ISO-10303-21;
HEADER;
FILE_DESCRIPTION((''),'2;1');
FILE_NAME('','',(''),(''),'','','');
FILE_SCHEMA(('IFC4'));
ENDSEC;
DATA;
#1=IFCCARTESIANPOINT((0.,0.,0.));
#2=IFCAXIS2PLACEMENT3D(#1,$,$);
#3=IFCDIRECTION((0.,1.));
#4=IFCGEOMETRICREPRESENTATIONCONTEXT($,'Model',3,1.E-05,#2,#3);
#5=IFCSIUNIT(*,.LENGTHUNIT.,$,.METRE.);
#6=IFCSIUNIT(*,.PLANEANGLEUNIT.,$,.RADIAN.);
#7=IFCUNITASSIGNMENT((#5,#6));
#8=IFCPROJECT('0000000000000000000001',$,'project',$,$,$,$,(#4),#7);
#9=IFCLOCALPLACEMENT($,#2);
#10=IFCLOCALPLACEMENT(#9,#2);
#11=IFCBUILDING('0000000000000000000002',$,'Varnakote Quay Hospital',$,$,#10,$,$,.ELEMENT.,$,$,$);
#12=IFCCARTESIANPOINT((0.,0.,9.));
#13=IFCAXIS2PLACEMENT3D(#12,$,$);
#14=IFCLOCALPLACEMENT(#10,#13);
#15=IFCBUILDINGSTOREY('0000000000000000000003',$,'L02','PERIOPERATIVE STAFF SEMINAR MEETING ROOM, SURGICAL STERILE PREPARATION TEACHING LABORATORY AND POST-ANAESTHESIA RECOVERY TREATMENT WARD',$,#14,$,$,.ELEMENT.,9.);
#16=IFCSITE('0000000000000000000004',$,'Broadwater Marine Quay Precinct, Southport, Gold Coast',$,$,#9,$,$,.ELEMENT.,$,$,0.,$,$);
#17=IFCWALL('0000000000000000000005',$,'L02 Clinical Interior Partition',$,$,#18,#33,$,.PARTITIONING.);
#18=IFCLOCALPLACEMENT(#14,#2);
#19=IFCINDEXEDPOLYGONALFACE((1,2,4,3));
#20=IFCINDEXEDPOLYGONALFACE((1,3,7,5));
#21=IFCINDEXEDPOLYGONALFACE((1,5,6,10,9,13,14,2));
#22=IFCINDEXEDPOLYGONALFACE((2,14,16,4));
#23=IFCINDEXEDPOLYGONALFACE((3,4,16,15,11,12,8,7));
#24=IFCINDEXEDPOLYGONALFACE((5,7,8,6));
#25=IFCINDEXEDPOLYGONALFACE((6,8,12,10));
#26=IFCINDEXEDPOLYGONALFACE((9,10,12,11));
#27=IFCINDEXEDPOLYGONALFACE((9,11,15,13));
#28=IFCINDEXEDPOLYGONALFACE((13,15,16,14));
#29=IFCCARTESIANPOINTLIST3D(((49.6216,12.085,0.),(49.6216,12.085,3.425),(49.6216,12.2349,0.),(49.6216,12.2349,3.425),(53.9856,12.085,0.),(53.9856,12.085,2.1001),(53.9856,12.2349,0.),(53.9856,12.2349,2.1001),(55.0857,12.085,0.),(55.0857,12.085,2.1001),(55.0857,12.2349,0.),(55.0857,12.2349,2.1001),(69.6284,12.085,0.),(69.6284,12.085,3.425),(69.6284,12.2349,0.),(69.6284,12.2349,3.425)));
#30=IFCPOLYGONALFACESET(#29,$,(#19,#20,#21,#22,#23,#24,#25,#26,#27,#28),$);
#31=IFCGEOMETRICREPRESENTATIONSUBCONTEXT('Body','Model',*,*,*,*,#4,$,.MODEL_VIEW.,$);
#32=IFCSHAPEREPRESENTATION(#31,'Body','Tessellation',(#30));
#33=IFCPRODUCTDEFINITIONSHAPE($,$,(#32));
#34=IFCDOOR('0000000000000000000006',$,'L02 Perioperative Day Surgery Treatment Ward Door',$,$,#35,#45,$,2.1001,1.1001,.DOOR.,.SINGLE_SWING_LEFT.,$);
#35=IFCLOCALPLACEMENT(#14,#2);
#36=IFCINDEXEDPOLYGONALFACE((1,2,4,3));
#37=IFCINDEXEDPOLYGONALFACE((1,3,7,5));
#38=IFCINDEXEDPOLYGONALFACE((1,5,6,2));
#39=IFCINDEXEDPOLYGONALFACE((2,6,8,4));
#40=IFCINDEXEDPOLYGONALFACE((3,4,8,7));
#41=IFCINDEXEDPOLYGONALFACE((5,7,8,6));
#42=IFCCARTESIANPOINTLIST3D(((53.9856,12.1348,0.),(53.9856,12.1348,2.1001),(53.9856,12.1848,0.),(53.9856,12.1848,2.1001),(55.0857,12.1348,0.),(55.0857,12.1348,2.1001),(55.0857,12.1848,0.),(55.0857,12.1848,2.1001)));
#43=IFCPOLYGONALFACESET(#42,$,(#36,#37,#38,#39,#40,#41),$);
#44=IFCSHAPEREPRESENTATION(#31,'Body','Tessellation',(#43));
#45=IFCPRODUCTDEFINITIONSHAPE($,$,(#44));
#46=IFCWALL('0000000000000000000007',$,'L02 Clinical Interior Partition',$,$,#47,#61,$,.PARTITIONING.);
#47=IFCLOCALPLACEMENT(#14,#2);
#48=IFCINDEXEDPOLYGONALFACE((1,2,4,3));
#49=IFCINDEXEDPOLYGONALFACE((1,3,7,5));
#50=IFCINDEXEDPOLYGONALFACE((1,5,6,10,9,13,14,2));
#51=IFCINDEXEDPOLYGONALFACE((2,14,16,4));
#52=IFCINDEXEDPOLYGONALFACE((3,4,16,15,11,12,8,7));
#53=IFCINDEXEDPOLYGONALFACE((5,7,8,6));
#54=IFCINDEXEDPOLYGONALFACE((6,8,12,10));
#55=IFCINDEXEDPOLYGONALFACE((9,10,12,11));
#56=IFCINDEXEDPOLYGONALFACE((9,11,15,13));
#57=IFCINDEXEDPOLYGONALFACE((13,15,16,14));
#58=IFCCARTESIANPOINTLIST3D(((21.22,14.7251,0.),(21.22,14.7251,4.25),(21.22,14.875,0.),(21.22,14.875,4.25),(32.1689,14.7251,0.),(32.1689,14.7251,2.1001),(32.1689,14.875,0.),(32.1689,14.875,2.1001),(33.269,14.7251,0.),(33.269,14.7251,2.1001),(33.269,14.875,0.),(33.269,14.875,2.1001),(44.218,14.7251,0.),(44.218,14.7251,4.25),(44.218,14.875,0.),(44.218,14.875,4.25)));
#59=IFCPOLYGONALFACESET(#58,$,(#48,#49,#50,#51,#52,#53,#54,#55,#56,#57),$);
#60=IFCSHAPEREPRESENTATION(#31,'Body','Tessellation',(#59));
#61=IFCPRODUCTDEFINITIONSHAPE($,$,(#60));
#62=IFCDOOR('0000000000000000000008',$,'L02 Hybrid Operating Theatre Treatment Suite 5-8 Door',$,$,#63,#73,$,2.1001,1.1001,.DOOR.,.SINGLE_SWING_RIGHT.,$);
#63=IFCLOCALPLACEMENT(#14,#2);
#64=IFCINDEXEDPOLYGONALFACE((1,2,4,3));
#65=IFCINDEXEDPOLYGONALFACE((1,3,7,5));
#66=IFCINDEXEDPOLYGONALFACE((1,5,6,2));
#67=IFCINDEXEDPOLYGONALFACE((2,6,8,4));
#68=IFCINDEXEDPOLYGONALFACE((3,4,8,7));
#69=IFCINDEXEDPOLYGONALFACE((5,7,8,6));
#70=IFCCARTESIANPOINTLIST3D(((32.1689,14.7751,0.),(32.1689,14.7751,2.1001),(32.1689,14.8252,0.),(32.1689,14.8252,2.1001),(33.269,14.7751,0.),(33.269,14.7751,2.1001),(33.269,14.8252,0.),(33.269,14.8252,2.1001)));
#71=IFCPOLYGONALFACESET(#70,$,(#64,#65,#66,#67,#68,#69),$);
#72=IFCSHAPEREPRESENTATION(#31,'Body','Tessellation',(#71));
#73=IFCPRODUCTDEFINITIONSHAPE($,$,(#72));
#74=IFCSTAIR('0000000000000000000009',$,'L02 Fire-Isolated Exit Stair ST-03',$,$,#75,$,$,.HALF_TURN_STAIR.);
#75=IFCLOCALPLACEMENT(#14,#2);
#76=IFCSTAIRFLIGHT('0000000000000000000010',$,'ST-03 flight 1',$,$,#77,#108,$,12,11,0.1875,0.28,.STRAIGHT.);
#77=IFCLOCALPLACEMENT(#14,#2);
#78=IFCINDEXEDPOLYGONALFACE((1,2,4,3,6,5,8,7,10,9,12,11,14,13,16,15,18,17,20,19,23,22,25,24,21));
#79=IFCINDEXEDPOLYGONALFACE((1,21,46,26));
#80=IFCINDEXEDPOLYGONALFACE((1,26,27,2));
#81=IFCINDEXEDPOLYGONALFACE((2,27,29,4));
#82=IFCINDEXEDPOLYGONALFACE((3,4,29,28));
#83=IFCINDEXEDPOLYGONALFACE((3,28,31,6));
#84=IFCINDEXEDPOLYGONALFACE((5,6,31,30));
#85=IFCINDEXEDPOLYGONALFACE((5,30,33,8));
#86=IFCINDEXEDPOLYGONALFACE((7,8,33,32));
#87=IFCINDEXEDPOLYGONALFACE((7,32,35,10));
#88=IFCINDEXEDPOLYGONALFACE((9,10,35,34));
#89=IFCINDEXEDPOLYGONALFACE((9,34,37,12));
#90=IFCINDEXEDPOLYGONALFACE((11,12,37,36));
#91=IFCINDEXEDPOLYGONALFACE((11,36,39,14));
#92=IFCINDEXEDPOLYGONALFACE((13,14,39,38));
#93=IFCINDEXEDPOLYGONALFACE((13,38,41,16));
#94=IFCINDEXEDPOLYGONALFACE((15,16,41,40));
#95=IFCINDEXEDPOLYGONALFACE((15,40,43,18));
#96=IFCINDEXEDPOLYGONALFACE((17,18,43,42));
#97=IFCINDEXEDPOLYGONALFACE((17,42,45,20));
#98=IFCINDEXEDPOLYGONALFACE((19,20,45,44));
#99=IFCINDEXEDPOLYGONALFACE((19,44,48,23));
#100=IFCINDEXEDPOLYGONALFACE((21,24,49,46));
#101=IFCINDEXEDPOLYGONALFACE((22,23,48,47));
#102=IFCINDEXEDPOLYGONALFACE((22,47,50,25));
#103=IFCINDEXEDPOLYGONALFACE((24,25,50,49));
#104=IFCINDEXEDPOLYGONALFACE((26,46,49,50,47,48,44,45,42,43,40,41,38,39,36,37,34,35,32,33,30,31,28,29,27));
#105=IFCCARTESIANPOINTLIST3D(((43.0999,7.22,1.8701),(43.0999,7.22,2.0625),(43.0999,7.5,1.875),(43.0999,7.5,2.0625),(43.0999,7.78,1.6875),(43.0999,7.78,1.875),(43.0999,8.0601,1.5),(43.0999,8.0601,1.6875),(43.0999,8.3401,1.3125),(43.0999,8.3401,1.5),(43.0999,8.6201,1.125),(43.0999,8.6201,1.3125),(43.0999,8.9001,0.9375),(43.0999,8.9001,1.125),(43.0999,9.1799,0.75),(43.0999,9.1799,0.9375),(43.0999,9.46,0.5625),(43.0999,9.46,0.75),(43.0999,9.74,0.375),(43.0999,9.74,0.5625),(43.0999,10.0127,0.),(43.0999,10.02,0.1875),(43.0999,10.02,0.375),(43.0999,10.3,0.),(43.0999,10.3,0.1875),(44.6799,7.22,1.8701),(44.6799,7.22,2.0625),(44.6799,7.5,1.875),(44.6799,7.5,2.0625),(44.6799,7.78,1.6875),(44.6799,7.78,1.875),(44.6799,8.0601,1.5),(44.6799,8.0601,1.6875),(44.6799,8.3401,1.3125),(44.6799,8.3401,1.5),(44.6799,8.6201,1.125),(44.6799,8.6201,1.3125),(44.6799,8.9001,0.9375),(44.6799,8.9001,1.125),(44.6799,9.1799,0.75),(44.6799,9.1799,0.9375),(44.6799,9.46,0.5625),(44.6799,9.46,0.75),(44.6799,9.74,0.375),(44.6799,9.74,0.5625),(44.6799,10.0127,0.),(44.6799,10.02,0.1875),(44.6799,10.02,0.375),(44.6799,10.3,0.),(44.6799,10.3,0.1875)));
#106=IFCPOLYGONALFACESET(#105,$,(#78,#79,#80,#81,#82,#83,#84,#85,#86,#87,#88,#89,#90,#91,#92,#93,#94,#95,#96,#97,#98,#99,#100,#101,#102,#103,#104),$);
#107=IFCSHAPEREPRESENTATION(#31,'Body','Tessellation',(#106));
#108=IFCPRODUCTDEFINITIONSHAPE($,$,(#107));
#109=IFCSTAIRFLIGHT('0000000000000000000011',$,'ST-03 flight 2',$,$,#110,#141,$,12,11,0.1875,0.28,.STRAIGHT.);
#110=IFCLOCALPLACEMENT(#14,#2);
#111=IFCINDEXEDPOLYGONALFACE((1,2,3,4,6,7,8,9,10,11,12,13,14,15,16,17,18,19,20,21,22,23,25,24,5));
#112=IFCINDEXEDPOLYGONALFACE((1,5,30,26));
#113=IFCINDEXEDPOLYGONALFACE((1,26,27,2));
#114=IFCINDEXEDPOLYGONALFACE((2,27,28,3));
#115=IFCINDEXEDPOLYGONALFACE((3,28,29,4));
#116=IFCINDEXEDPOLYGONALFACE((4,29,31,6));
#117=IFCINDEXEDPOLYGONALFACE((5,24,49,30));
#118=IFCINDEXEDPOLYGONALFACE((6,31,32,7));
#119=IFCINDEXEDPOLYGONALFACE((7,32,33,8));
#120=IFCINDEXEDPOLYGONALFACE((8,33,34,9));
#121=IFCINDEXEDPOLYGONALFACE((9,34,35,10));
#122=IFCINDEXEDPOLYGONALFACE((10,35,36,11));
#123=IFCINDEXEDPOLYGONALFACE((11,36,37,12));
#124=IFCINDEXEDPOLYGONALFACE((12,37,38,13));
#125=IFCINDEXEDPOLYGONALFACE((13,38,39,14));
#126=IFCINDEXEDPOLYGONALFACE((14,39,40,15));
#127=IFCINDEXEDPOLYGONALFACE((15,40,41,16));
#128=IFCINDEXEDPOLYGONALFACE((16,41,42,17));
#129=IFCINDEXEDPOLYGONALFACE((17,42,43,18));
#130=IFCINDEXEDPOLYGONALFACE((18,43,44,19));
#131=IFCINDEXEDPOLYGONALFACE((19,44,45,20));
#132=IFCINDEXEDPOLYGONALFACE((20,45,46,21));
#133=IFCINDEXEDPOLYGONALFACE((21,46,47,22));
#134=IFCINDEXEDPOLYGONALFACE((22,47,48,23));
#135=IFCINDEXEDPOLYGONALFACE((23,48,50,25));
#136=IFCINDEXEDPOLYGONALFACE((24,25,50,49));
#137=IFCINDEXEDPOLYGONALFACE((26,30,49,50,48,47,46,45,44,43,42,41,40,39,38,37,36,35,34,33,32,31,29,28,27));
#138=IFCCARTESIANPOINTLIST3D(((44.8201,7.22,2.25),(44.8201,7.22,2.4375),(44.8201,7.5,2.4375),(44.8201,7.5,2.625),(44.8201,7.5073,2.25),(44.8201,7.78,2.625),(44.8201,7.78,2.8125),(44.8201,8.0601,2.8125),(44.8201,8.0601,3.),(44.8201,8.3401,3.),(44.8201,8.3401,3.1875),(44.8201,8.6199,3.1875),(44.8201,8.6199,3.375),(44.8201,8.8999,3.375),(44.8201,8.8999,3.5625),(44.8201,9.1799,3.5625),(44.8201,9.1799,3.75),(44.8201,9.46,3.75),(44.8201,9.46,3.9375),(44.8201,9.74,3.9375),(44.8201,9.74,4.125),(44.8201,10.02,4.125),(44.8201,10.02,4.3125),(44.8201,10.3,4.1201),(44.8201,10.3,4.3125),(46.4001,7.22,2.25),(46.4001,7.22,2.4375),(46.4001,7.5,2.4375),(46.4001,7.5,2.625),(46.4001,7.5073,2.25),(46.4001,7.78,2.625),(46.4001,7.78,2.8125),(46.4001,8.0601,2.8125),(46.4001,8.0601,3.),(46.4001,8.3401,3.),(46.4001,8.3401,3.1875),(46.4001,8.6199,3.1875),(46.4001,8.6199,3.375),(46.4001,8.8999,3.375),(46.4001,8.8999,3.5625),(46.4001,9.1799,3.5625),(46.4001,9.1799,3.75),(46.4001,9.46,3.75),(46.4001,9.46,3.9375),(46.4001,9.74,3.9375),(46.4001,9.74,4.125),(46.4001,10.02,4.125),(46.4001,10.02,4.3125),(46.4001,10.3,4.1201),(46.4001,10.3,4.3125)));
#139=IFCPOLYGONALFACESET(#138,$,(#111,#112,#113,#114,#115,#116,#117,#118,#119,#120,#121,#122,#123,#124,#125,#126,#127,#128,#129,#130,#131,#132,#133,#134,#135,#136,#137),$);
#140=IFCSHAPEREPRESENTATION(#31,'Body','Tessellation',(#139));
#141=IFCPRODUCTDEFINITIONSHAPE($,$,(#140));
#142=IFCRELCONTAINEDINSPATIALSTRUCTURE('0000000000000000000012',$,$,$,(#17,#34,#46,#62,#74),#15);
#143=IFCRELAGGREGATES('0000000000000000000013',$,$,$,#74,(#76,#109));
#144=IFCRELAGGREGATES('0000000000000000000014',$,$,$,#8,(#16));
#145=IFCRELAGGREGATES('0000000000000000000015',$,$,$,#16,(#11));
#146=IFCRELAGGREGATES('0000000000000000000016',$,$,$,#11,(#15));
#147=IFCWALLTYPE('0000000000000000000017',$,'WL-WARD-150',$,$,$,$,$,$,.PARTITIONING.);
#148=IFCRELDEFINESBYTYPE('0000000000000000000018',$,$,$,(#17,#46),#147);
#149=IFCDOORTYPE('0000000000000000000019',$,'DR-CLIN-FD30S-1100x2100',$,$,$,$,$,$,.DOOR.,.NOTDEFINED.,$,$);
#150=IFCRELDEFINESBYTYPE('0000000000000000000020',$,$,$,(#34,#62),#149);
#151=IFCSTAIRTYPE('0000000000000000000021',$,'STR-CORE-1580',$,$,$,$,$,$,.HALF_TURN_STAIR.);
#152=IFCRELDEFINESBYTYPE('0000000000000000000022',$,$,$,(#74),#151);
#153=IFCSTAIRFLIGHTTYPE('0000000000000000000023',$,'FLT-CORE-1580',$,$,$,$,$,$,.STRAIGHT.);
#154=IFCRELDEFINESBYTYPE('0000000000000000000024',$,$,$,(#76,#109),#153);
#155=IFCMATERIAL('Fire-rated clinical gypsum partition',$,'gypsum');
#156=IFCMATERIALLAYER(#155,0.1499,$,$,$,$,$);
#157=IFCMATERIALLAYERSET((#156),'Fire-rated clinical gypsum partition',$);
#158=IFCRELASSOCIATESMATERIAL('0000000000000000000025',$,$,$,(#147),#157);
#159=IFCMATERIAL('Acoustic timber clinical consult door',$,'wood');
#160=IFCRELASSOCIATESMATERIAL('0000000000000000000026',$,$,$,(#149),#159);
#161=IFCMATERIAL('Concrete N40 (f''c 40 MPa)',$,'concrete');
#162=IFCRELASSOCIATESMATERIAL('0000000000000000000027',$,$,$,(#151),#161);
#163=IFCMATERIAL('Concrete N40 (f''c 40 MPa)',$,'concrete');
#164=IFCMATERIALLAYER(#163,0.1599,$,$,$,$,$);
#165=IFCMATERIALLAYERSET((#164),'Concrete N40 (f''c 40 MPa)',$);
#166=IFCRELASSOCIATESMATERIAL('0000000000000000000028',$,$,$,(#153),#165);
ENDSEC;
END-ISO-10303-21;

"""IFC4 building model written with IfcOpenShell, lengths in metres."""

from ifc_helpers import new_model, si_unit, direction, frame, frame_2d, origin, place, context, subcontext, project, spatial, polyline, rectangle, outline, extrude, material, layer, layer_set, type_object, element, fill, aggregate, save


model = new_model("IFC4")

# Units and contexts
model_context = context("Model", 3, precision=1e-05, world=origin(), true_north=direction((0.0, 1.0)))
body_context = subcontext(model_context, "Body", "Model", "MODEL_VIEW")
ifc_project = project(units=[si_unit("LENGTHUNIT", "METRE"), si_unit("PLANEANGLEUNIT", "RADIAN")], contexts=[model_context])

# Site, building, storey
site_placement = place(None, origin())
site = spatial("IfcSite", under=ifc_project, at=site_placement, Name="Broadwater Marine Quay Precinct, Southport, Gold Coast", CompositionType="ELEMENT", RefElevation=0.0)
building_placement = place(site_placement, origin())
building = spatial("IfcBuilding", under=site, at=building_placement, Name="Varnakote Quay Hospital", CompositionType="ELEMENT")
storey_placement = place(building_placement, frame((0.0, 0.0, 9.0)))
storey = spatial("IfcBuildingStorey", under=building, at=storey_placement, Name="L02", Description="PERIOPERATIVE STAFF SEMINAR MEETING ROOM, SURGICAL STERILE PREPARATION TEACHING LABORATORY AND POST-ANAESTHESIA RECOVERY TREATMENT WARD", CompositionType="ELEMENT", Elevation=9.0)

# Walls, openings, doors
ifc_material_1 = material(Name="Fire-rated clinical gypsum partition", Category="gypsum")
ifc_layer_1 = layer(ifc_material_1, 0.1499)
ifc_layer_set_1 = layer_set([ifc_layer_1], Name="Fire-rated clinical gypsum partition")
wall_type_1 = type_object("IfcWallType", Name="WL-WARD-150", PredefinedType="PARTITIONING", material=ifc_layer_set_1)
wall_1_placement = place(storey_placement, frame((49.6216, 12.1599, 0.0), z_axis=(0.0, 0.0, 1.0), x_axis=(1.0, 0.0, 0.0)))
wall_1 = element("IfcWall", 1, at=wall_1_placement, inside=storey, type_object=wall_type_1, Name="L02 Clinical Interior Partition", PredefinedType="PARTITIONING", context=body_context, shape_type="SweptSolid", body=[
    extrude(rectangle(XDim=20.0068, YDim=0.1499, at=frame_2d((10.0034, 0.0))), origin(), (0.0, 0.0, 1.0), 3.425),
])
opening_1_placement = place(wall_1_placement, frame((4.364, 0.0, 0.0)))
opening_1 = element("IfcOpeningElement", 2, at=opening_1_placement, cuts=wall_1, PredefinedType="OPENING", context=body_context, shape_type="SweptSolid", body=[
    extrude(rectangle(XDim=1.1001, YDim=2.1001, at=frame_2d((0.55, 1.05))), frame((0.0, 0.085, 0.0), z_axis=(0.0, -1.0, 0.0), x_axis=(1.0, 0.0, 0.0)), (0.0, 0.0, 1.0), 0.1699),
])
ifc_material_2 = material(Name="Acoustic timber clinical consult door", Category="wood")
door_type_1 = type_object("IfcDoorType", Name="DR-CLIN-FD30S-1100x2100", OperationType="NOTDEFINED", PredefinedType="DOOR", material=ifc_material_2)
door_1_placement = place(opening_1_placement, origin())
door_1 = element("IfcDoor", 3, at=door_1_placement, inside=storey, type_object=door_type_1, Name="L02 Perioperative Day Surgery Treatment Ward Door", OperationType="SINGLE_SWING_LEFT", OverallHeight=2.1001, OverallWidth=1.1001, PredefinedType="DOOR", context=body_context, shape_type="SweptSolid", body=[
    extrude(rectangle(XDim=1.1001, YDim=2.1001, at=frame_2d((0.55, 1.05))), frame((0.0, 0.0249, 0.0), z_axis=(0.0, -1.0, 0.0), x_axis=(1.0, 0.0, 0.0)), (0.0, 0.0, 1.0), 0.05),
])
fill(opening_1, door_1)
wall_2_placement = place(storey_placement, frame((44.218, 14.8, 0.0), z_axis=(0.0, 0.0, 1.0), x_axis=(-1.0, 0.0, 0.0)))
wall_2 = element("IfcWall", 4, at=wall_2_placement, inside=storey, type_object=wall_type_1, Name="L02 Clinical Interior Partition", PredefinedType="PARTITIONING", context=body_context, shape_type="SweptSolid", body=[
    extrude(rectangle(XDim=22.998, YDim=0.1499, at=frame_2d((11.499, 0.0))), origin(), (0.0, 0.0, 1.0), 4.25),
])
opening_2_placement = place(wall_2_placement, frame((10.949, 0.0, 0.0)))
opening_2 = element("IfcOpeningElement", 5, at=opening_2_placement, cuts=wall_2, PredefinedType="OPENING", context=body_context, shape_type="SweptSolid", body=[
    extrude(rectangle(XDim=1.1001, YDim=2.1001, at=frame_2d((0.55, 1.05))), frame((0.0, 0.085, 0.0), z_axis=(0.0, -1.0, 0.0), x_axis=(1.0, 0.0, 0.0)), (0.0, 0.0, 1.0), 0.1699),
])
door_2_placement = place(opening_2_placement, origin())
door_2 = element("IfcDoor", 6, at=door_2_placement, inside=storey, type_object=door_type_1, Name="L02 Hybrid Operating Theatre Treatment Suite 5-8 Door", OperationType="SINGLE_SWING_RIGHT", OverallHeight=2.1001, OverallWidth=1.1001, PredefinedType="DOOR", context=body_context, shape_type="SweptSolid", body=[
    extrude(rectangle(XDim=1.1001, YDim=2.1001, at=frame_2d((0.55, 1.05))), frame((0.0, 0.0249, 0.0), z_axis=(0.0, -1.0, 0.0), x_axis=(1.0, 0.0, 0.0)), (0.0, 0.0, 1.0), 0.05),
])
fill(opening_2, door_2)

# Stair, stair flights
ifc_material_3 = material(Name="Concrete N40 (f'c 40 MPa)", Category="concrete")
stair_type = type_object("IfcStairType", Name="STR-CORE-1580", PredefinedType="HALF_TURN_STAIR", material=ifc_material_3)
stair_placement = place(storey_placement, origin())
stair = element("IfcStair", 7, at=stair_placement, inside=storey, type_object=stair_type, Name="L02 Fire-Isolated Exit Stair ST-03", PredefinedType="HALF_TURN_STAIR")
ifc_material_4 = material(Name="Concrete N40 (f'c 40 MPa)", Category="concrete")
ifc_layer_2 = layer(ifc_material_4, 0.1599)
ifc_layer_set_2 = layer_set([ifc_layer_2], Name="Concrete N40 (f'c 40 MPa)")
stair_flight_type = type_object("IfcStairFlightType", Name="FLT-CORE-1580", PredefinedType="STRAIGHT", material=ifc_layer_set_2)
stair_flight_1_placement = place(storey_placement, frame((43.8899, 10.3, 0.0), z_axis=(0.0, 0.0, 1.0), x_axis=(0.0, -1.0, 0.0)))
stair_flight_1 = element("IfcStairFlight", 8, at=stair_flight_1_placement, type_object=stair_flight_type, Name="ST-03 flight 1", NumberOfRisers=12, NumberOfTreads=11, PredefinedType="STRAIGHT", RiserHeight=0.1875, TreadLength=0.28, context=body_context, shape_type="SweptSolid", body=[
    extrude(outline(polyline([(0.0, 0.0), (0.0, 0.1875), (0.28, 0.1875), (0.28, 0.375), (0.5601, 0.375), (0.5601, 0.5625), (0.8401, 0.5625), (0.8401, 0.75), (1.1201, 0.75), (1.1201, 0.9375), (1.3999, 0.9375), (1.3999, 1.125), (1.6799, 1.125), (1.6799, 1.3125), (1.96, 1.3125), (1.96, 1.5), (2.24, 1.5), (2.24, 1.6875), (2.52, 1.6875), (2.52, 1.875), (2.8, 1.875), (2.8, 2.0625), (3.0801, 2.0625), (3.0801, 2.25), (3.0801, 1.8701), (0.2874, 0.0), (0.0, 0.0)])), frame((0.0, 0.79, 0.0), z_axis=(0.0, -1.0, 0.0), x_axis=(1.0, 0.0, 0.0)), (0.0, 0.0, 1.0), 1.5801),
])
stair_flight_2_placement = place(storey_placement, frame((45.6101, 7.22, 2.25), z_axis=(0.0, 0.0, 1.0), x_axis=(0.0, 1.0, 0.0)))
stair_flight_2 = element("IfcStairFlight", 9, at=stair_flight_2_placement, type_object=stair_flight_type, Name="ST-03 flight 2", NumberOfRisers=12, NumberOfTreads=11, PredefinedType="STRAIGHT", RiserHeight=0.1875, TreadLength=0.28, context=body_context, shape_type="SweptSolid", body=[
    extrude(outline(polyline([(0.0, 0.0), (0.0, 0.1875), (0.28, 0.1875), (0.28, 0.375), (0.5601, 0.375), (0.5601, 0.5625), (0.8401, 0.5625), (0.8401, 0.75), (1.1201, 0.75), (1.1201, 0.9375), (1.3999, 0.9375), (1.3999, 1.125), (1.6799, 1.125), (1.6799, 1.3125), (1.96, 1.3125), (1.96, 1.5), (2.24, 1.5), (2.24, 1.6875), (2.52, 1.6875), (2.52, 1.875), (2.8, 1.875), (2.8, 2.0625), (3.0801, 2.0625), (3.0801, 2.25), (3.0801, 1.8701), (0.2874, 0.0), (0.0, 0.0)])), frame((0.0, 0.79, 0.0), z_axis=(0.0, -1.0, 0.0), x_axis=(1.0, 0.0, 0.0)), (0.0, 0.0, 1.0), 1.5801),
])
aggregate(stair, [stair_flight_1, stair_flight_2])

save(model, "model.ifc")
